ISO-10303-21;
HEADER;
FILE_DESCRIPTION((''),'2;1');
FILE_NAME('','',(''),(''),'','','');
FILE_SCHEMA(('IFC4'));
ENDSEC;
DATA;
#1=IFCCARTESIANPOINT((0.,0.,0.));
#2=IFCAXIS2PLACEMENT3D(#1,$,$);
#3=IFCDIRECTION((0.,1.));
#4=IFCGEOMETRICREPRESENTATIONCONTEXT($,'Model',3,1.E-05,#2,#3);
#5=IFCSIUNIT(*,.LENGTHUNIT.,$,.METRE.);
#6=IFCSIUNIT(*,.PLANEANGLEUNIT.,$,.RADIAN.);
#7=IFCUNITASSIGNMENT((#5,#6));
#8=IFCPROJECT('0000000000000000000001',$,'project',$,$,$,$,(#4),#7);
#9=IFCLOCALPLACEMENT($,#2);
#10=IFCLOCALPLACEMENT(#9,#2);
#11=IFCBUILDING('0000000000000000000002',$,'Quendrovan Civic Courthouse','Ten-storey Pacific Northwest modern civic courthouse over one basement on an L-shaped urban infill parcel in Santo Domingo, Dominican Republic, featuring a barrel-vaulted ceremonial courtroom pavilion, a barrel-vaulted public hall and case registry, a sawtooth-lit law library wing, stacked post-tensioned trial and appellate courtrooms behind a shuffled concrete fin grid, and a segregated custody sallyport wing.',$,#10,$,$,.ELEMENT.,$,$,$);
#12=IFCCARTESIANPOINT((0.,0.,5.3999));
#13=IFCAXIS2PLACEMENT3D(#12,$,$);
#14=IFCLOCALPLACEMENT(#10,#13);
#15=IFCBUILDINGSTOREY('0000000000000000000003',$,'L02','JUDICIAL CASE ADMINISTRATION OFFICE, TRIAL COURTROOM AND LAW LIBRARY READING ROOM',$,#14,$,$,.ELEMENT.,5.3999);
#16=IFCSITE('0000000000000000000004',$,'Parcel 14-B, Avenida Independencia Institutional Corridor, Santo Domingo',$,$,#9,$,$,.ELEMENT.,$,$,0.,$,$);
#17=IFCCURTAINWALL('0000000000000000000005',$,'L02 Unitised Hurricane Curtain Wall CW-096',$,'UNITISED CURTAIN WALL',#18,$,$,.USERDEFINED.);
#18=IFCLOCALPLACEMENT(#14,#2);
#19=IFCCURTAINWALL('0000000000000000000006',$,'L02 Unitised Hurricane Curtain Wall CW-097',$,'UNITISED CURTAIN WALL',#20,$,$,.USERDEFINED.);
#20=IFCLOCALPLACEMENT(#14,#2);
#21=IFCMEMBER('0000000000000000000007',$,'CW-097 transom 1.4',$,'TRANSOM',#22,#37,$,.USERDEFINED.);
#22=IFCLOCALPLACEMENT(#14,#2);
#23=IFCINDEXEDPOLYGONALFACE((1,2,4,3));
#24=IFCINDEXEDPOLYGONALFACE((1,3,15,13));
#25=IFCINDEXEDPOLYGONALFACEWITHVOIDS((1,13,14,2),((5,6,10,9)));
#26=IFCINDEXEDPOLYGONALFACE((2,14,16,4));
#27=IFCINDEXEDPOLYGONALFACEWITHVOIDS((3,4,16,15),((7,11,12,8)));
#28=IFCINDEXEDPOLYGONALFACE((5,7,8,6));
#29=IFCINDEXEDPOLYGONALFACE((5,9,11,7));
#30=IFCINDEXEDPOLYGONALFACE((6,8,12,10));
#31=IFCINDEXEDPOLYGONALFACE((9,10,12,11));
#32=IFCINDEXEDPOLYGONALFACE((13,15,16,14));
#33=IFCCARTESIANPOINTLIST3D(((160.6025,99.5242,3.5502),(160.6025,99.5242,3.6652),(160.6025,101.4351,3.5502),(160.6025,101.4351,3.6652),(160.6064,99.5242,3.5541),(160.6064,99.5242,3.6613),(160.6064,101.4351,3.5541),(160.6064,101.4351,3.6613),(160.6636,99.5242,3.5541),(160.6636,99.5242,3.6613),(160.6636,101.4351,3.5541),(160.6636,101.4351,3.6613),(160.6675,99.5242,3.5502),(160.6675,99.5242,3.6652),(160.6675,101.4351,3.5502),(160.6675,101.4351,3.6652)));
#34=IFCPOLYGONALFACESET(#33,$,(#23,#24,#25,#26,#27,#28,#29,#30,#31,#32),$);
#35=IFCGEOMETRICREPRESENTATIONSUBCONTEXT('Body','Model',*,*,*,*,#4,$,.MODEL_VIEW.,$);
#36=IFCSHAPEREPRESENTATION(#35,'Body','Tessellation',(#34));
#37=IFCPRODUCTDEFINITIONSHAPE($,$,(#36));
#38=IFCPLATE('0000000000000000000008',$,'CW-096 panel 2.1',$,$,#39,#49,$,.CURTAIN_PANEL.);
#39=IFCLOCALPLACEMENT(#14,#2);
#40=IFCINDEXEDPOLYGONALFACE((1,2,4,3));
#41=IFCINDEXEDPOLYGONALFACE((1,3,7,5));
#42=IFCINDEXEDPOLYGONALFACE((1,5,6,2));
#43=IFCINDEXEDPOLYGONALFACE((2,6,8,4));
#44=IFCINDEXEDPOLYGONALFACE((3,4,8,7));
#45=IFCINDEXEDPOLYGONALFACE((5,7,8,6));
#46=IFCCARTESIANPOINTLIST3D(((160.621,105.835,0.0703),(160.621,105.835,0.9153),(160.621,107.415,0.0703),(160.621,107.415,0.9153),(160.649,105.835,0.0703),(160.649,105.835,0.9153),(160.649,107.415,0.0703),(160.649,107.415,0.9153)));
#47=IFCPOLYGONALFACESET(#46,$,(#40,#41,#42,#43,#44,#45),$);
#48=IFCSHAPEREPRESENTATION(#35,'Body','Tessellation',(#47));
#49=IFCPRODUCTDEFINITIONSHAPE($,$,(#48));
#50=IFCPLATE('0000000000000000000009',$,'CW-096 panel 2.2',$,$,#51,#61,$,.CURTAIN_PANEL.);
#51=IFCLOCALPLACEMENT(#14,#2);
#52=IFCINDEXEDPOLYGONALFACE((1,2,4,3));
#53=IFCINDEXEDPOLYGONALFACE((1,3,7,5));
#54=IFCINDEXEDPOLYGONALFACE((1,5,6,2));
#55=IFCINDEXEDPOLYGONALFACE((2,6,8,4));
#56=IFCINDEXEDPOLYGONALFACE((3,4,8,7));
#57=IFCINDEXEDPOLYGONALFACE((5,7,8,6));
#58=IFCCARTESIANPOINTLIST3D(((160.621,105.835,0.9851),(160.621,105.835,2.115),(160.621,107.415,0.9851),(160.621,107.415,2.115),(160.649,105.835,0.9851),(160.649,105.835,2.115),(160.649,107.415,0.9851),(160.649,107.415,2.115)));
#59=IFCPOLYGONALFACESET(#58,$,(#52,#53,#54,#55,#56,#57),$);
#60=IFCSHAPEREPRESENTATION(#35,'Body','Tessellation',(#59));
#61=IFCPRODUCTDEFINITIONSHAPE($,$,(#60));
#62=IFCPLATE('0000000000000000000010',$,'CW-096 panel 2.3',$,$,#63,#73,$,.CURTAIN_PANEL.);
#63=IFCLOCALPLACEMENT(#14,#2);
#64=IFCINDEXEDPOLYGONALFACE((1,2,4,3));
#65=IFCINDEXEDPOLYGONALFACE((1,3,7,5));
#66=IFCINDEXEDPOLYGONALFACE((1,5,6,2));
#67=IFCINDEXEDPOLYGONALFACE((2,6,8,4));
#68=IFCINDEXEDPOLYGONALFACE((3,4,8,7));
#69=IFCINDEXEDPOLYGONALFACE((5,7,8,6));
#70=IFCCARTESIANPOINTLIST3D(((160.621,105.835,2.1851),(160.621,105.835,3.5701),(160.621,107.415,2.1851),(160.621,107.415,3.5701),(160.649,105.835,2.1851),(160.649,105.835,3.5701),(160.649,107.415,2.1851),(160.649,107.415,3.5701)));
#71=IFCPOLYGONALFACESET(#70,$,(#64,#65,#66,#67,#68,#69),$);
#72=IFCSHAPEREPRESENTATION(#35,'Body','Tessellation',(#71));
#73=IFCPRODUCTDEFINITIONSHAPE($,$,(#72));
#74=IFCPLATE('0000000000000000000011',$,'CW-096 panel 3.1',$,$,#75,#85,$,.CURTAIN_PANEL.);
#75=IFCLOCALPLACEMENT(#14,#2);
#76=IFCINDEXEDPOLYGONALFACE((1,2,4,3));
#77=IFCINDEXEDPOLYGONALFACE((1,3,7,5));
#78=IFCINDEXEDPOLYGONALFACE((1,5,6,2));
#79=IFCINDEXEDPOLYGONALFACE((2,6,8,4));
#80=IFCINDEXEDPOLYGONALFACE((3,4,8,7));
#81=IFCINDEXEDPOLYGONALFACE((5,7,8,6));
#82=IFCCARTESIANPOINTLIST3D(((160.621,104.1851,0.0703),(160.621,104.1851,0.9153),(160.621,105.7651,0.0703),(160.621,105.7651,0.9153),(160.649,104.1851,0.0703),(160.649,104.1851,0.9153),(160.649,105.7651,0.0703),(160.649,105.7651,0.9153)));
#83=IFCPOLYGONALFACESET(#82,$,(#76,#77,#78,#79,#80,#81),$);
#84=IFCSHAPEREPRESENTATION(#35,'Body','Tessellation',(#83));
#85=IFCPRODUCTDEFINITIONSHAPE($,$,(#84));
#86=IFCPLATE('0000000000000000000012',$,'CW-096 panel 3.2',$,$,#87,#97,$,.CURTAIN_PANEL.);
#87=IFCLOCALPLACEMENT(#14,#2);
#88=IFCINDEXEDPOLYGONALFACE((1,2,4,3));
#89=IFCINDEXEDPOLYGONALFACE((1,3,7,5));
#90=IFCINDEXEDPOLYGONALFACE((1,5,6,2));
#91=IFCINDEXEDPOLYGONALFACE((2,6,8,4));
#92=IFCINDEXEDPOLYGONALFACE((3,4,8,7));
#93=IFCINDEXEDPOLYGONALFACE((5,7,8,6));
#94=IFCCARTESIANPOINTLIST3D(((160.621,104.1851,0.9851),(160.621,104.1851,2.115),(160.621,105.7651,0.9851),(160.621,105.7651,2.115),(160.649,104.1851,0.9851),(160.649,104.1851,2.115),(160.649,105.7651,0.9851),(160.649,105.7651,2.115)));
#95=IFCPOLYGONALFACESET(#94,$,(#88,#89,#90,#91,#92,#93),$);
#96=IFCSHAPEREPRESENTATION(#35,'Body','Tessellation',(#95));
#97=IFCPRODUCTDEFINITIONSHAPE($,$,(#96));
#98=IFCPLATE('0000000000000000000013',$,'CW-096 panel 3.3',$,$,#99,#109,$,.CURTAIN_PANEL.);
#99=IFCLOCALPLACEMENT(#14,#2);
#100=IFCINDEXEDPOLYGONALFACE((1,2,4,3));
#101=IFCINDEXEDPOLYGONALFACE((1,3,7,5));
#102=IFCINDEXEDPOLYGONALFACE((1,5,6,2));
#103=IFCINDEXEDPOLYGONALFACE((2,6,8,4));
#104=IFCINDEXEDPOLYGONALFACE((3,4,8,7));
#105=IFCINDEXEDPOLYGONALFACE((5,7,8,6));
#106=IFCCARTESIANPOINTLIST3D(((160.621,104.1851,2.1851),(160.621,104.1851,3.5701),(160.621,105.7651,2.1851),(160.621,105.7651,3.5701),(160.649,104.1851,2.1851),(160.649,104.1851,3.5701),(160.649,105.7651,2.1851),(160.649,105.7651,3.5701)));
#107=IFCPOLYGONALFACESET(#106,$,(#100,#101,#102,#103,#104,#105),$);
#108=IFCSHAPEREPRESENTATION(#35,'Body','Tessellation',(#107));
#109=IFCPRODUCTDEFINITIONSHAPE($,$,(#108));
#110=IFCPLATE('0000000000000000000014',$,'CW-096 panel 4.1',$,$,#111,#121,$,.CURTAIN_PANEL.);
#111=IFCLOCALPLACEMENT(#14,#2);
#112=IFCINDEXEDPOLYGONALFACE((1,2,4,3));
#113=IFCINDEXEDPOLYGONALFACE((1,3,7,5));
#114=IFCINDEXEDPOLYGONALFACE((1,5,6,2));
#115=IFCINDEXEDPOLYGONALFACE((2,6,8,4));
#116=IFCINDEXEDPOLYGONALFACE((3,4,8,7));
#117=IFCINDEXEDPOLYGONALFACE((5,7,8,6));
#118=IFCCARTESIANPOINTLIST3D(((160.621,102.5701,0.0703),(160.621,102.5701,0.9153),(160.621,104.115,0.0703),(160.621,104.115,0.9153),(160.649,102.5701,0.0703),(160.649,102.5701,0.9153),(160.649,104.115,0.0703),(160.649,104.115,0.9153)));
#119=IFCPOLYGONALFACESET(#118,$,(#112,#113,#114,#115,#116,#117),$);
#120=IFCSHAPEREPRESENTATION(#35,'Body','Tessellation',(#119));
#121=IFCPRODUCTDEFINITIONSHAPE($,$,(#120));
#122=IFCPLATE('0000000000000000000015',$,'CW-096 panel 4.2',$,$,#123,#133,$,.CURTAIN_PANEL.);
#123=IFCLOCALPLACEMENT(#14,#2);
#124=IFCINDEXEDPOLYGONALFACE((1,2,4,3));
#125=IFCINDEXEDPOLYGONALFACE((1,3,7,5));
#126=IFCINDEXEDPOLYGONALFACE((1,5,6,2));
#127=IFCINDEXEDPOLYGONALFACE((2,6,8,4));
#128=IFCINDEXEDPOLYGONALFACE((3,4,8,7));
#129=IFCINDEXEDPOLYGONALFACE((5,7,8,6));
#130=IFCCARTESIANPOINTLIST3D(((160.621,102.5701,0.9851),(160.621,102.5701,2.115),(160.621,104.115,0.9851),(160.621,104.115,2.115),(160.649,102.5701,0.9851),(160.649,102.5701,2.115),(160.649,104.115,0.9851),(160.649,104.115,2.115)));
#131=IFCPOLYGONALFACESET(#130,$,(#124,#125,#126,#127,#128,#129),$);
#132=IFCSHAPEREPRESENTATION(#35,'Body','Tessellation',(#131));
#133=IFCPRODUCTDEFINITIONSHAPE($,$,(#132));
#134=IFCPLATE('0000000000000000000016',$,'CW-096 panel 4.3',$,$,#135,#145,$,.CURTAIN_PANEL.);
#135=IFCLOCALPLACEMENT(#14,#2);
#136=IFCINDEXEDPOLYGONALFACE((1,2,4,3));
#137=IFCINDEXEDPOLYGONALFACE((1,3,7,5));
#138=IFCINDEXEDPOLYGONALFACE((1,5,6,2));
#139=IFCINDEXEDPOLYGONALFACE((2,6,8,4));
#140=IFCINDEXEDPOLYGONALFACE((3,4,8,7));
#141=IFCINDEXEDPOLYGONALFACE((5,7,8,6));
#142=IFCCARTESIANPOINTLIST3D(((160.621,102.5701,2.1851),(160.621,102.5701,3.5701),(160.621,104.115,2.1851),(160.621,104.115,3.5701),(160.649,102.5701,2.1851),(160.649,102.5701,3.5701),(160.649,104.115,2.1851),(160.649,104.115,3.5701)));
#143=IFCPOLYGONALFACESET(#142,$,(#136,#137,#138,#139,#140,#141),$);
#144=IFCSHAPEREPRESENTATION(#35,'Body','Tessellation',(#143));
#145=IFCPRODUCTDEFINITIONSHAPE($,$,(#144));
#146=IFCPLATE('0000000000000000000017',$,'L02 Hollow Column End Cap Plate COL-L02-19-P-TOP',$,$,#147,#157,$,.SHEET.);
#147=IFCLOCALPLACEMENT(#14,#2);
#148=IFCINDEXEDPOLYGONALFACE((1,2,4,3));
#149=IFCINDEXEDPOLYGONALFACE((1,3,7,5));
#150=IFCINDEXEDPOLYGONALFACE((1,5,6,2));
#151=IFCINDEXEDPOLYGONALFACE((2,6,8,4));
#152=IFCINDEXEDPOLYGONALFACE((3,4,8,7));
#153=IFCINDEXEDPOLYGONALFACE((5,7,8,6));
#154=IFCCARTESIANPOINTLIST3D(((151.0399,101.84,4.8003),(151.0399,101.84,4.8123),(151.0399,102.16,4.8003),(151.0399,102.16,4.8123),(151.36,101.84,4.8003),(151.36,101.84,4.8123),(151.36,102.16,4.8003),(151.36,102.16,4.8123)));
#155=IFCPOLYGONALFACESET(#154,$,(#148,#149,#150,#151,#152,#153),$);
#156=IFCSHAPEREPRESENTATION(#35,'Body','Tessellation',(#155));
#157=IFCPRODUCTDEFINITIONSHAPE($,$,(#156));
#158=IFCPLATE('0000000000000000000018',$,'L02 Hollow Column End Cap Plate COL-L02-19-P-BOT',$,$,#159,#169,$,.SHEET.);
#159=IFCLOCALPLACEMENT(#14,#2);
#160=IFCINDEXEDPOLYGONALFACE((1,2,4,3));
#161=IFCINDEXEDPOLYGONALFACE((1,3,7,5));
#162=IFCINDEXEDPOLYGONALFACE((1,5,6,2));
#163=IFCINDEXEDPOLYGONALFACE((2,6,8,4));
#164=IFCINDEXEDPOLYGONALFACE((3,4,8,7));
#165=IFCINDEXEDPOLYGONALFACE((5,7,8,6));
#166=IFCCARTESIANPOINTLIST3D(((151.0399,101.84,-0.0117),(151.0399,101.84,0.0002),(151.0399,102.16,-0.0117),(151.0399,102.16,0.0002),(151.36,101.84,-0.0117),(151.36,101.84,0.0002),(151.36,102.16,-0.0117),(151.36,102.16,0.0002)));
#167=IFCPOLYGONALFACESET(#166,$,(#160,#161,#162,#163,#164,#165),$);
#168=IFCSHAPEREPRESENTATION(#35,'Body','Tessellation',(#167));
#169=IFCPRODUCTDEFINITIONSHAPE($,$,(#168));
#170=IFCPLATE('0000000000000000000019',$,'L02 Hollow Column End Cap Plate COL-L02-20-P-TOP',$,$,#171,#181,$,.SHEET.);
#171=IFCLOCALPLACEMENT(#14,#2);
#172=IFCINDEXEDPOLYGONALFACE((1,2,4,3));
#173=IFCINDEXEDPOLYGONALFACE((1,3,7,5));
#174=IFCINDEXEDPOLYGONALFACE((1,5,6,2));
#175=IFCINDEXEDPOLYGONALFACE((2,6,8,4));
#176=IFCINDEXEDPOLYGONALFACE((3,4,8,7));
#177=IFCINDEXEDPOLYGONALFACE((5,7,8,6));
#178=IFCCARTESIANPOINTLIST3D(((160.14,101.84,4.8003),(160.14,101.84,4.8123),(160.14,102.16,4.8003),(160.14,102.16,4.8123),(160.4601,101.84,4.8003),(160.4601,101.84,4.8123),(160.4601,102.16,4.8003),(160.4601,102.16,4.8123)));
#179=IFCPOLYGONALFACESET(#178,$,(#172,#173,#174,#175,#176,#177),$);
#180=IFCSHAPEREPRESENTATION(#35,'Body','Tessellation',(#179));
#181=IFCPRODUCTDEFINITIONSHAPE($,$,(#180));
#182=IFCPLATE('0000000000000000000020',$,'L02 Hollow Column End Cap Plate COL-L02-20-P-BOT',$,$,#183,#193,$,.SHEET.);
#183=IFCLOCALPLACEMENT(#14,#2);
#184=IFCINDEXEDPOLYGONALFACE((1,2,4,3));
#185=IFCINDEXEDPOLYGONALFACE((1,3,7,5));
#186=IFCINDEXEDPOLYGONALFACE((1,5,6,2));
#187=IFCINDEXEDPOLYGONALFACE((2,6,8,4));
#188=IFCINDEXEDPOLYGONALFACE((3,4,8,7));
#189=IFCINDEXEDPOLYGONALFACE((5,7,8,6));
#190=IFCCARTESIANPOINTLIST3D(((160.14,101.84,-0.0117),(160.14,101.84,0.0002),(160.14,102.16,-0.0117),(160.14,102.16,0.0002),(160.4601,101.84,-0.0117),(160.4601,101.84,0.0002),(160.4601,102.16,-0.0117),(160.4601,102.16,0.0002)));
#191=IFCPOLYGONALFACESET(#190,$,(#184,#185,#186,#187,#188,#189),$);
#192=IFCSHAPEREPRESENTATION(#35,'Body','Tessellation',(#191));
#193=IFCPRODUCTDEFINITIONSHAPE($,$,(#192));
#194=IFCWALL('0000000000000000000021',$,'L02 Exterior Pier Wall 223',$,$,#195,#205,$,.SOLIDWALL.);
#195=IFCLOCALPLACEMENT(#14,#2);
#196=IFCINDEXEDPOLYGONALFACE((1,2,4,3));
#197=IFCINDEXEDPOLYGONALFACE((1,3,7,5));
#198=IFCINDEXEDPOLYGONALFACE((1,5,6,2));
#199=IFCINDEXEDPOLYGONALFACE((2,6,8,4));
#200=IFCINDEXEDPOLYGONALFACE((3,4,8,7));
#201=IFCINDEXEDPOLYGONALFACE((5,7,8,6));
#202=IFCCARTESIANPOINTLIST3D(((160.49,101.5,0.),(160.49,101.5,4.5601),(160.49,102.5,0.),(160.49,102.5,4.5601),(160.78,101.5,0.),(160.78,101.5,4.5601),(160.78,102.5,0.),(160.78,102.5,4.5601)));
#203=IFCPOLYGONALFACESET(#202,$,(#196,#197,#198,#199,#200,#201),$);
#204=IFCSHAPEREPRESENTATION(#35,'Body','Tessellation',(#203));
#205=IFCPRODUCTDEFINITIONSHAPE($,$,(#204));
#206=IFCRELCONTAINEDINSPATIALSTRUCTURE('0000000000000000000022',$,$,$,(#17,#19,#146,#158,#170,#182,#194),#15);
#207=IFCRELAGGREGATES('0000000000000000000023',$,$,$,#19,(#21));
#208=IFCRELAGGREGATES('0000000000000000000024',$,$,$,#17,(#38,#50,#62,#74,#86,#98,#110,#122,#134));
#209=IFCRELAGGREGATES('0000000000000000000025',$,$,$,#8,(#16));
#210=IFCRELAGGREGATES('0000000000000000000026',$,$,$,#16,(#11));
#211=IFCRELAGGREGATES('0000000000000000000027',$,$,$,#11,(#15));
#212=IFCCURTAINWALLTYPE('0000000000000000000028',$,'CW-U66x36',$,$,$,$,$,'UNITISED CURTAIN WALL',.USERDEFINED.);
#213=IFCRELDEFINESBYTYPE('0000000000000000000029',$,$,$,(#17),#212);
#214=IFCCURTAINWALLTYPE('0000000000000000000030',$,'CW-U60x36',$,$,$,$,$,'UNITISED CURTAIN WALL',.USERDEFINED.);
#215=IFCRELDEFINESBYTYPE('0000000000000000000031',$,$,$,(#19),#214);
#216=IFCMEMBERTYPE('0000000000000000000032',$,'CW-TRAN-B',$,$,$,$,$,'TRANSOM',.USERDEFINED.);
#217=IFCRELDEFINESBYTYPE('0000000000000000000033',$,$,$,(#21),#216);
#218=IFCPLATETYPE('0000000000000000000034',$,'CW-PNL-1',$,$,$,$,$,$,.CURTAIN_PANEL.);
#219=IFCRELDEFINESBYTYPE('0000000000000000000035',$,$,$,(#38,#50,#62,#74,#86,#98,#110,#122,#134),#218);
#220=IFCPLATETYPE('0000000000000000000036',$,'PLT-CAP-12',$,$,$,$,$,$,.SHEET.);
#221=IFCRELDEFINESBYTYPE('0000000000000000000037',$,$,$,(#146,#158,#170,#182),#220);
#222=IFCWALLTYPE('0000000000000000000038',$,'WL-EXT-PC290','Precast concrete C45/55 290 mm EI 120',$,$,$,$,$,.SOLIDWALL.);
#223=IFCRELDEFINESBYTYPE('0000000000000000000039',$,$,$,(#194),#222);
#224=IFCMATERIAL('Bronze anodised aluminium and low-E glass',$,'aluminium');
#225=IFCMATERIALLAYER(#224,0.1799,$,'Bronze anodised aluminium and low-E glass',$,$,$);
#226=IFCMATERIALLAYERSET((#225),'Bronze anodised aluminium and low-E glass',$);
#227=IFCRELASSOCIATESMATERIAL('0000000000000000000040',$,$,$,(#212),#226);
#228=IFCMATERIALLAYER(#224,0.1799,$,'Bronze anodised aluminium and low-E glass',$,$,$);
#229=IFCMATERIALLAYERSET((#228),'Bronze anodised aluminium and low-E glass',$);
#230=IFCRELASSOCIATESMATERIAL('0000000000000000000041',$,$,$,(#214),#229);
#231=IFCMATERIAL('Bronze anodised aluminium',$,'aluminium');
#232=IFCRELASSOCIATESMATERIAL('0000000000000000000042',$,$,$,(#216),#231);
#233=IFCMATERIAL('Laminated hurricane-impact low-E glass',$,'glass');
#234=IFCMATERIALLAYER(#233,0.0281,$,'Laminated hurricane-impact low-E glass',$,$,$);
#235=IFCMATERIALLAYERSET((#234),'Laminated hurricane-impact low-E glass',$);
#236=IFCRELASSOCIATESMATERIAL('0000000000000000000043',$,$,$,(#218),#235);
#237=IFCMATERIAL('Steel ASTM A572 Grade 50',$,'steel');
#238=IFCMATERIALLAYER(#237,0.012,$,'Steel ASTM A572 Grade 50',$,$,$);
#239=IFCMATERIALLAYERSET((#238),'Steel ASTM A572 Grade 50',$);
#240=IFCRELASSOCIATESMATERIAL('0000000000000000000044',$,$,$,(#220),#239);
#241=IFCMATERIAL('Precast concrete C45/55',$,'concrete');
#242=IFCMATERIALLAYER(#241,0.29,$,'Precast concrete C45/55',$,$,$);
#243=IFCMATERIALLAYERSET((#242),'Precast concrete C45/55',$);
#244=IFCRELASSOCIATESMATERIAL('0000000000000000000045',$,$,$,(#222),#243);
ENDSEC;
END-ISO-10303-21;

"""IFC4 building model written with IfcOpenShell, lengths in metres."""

from ifc_helpers import new_model, si_unit, direction, frame, frame_2d, origin, origin_2d, place, context, subcontext, project, spatial, rectangle, hollow_rectangle, extrude, material, layer, layer_set, material_profile, profile_set, type_object, element, aggregate, save


model = new_model("IFC4")

# Units and contexts
model_context = context("Model", 3, precision=1e-05, world=origin(), true_north=direction((0.0, 1.0)))
body_context = subcontext(model_context, "Body", "Model", "MODEL_VIEW")
ifc_project = project(units=[si_unit("LENGTHUNIT", "METRE"), si_unit("PLANEANGLEUNIT", "RADIAN")], contexts=[model_context])

# Site, building, storey
site_placement = place(None, origin())
site = spatial("IfcSite", under=ifc_project, at=site_placement, Name="Parcel 14-B, Avenida Independencia Institutional Corridor, Santo Domingo", CompositionType="ELEMENT", RefElevation=0.0)
building_placement = place(site_placement, origin())
building = spatial("IfcBuilding", under=site, at=building_placement, Name="Quendrovan Civic Courthouse", Description="Ten-storey Pacific Northwest modern civic courthouse over one basement on an L-shaped urban infill parcel in Santo Domingo, Dominican Republic, featuring a barrel-vaulted ceremonial courtroom pavilion, a barrel-vaulted public hall and case registry, a sawtooth-lit law library wing, stacked post-tensioned trial and appellate courtrooms behind a shuffled concrete fin grid, and a segregated custody sallyport wing.", CompositionType="ELEMENT")
storey_placement = place(building_placement, frame((0.0, 0.0, 5.3999)))
storey = spatial("IfcBuildingStorey", under=building, at=storey_placement, Name="L02", Description="JUDICIAL CASE ADMINISTRATION OFFICE, TRIAL COURTROOM AND LAW LIBRARY READING ROOM", CompositionType="ELEMENT", Elevation=5.3999)

# Curtain wall
ifc_material_1 = material(Name="Bronze anodised aluminium and low-E glass", Category="aluminium")
ifc_layer_1 = layer(ifc_material_1, 0.1799, Name="Bronze anodised aluminium and low-E glass")
ifc_layer_set_1 = layer_set([ifc_layer_1], Name="Bronze anodised aluminium and low-E glass")
curtain_wall_type_1 = type_object("IfcCurtainWallType", Name="CW-U66x36", ElementType="UNITISED CURTAIN WALL", PredefinedType="USERDEFINED", material=ifc_layer_set_1)
curtain_wall_1_placement = place(storey_placement, origin())
curtain_wall_1 = element("IfcCurtainWall", 1, at=curtain_wall_1_placement, inside=storey, type_object=curtain_wall_type_1, Name="L02 Unitised Hurricane Curtain Wall CW-096", ObjectType="UNITISED CURTAIN WALL", PredefinedType="USERDEFINED")
ifc_material_2 = material(Name="Bronze anodised aluminium", Category="aluminium")

# Curtain wall
ifc_layer_2 = layer(ifc_material_1, 0.1799, Name="Bronze anodised aluminium and low-E glass")
ifc_layer_set_2 = layer_set([ifc_layer_2], Name="Bronze anodised aluminium and low-E glass")
curtain_wall_type_2 = type_object("IfcCurtainWallType", Name="CW-U60x36", ElementType="UNITISED CURTAIN WALL", PredefinedType="USERDEFINED", material=ifc_layer_set_2)
curtain_wall_2_placement = place(storey_placement, origin())
curtain_wall_2 = element("IfcCurtainWall", 2, at=curtain_wall_2_placement, inside=storey, type_object=curtain_wall_type_2, Name="L02 Unitised Hurricane Curtain Wall CW-097", ObjectType="UNITISED CURTAIN WALL", PredefinedType="USERDEFINED")

# Member
ifc_material_profile_1 = material_profile(ifc_material_2, hollow_rectangle(XDim=0.0649, YDim=0.115, WallThickness=0.0039, at=origin_2d()), Name="CW-TRAN-65x115")
ifc_profile_set_1 = profile_set([ifc_material_profile_1], Name="Bronze anodised aluminium")
member_type_1 = type_object("IfcMemberType", Name="CW-TRAN-B", ElementType="TRANSOM", PredefinedType="USERDEFINED", material=ifc_profile_set_1)
member_1_placement = place(storey_placement, frame((160.635, 101.4351, 3.6077), z_axis=(0.0, -1.0, 0.0), x_axis=(1.0, 0.0, 0.0)))
member_1 = element("IfcMember", 3, at=member_1_placement, type_object=member_type_1, Name="CW-097 transom 1.4", ObjectType="TRANSOM", PredefinedType="USERDEFINED", context=body_context, shape_type="SweptSolid", body=[
    extrude(hollow_rectangle(XDim=0.0649, YDim=0.115, WallThickness=0.0039, at=origin_2d()), origin(), (0.0, 0.0, 1.0), 1.9109),
])
aggregate(curtain_wall_2, [member_1])

# Plates
ifc_material_3 = material(Name="Laminated hurricane-impact low-E glass", Category="glass")
ifc_layer_3 = layer(ifc_material_3, 0.0281, Name="Laminated hurricane-impact low-E glass")
ifc_layer_set_3 = layer_set([ifc_layer_3], Name="Laminated hurricane-impact low-E glass")
plate_type_1 = type_object("IfcPlateType", Name="CW-PNL-1", PredefinedType="CURTAIN_PANEL", material=ifc_layer_set_3)
plate_1_placement = place(storey_placement, frame((160.635, 106.625, 0.0703), z_axis=(0.0, 0.0, 1.0), x_axis=(0.0, -1.0, 0.0)))
plate_1 = element("IfcPlate", 4, at=plate_1_placement, type_object=plate_type_1, Name="CW-096 panel 2.1", PredefinedType="CURTAIN_PANEL", context=body_context, shape_type="SweptSolid", body=[
    extrude(rectangle(XDim=1.5801, YDim=0.0281, at=origin_2d()), origin(), (0.0, 0.0, 1.0), 0.845),
])
plate_2_placement = place(storey_placement, frame((160.635, 106.625, 0.9851), z_axis=(0.0, 0.0, 1.0), x_axis=(0.0, -1.0, 0.0)))
plate_2 = element("IfcPlate", 5, at=plate_2_placement, type_object=plate_type_1, Name="CW-096 panel 2.2", PredefinedType="CURTAIN_PANEL", context=body_context, shape_type="SweptSolid", body=[
    extrude(rectangle(XDim=1.5801, YDim=0.0281, at=origin_2d()), origin(), (0.0, 0.0, 1.0), 1.1299),
])
plate_3_placement = place(storey_placement, frame((160.635, 106.625, 2.1851), z_axis=(0.0, 0.0, 1.0), x_axis=(0.0, -1.0, 0.0)))
plate_3 = element("IfcPlate", 6, at=plate_3_placement, type_object=plate_type_1, Name="CW-096 panel 2.3", PredefinedType="CURTAIN_PANEL", context=body_context, shape_type="SweptSolid", body=[
    extrude(rectangle(XDim=1.5801, YDim=0.0281, at=origin_2d()), origin(), (0.0, 0.0, 1.0), 1.385),
])
plate_4_placement = place(storey_placement, frame((160.635, 104.9751, 0.0703), z_axis=(0.0, 0.0, 1.0), x_axis=(0.0, -1.0, 0.0)))
plate_4 = element("IfcPlate", 7, at=plate_4_placement, type_object=plate_type_1, Name="CW-096 panel 3.1", PredefinedType="CURTAIN_PANEL", context=body_context, shape_type="SweptSolid", body=[
    extrude(rectangle(XDim=1.5801, YDim=0.0281, at=origin_2d()), origin(), (0.0, 0.0, 1.0), 0.845),
])
plate_5_placement = place(storey_placement, frame((160.635, 104.9751, 0.9851), z_axis=(0.0, 0.0, 1.0), x_axis=(0.0, -1.0, 0.0)))
plate_5 = element("IfcPlate", 8, at=plate_5_placement, type_object=plate_type_1, Name="CW-096 panel 3.2", PredefinedType="CURTAIN_PANEL", context=body_context, shape_type="SweptSolid", body=[
    extrude(rectangle(XDim=1.5801, YDim=0.0281, at=origin_2d()), origin(), (0.0, 0.0, 1.0), 1.1299),
])
plate_6_placement = place(storey_placement, frame((160.635, 104.9751, 2.1851), z_axis=(0.0, 0.0, 1.0), x_axis=(0.0, -1.0, 0.0)))
plate_6 = element("IfcPlate", 9, at=plate_6_placement, type_object=plate_type_1, Name="CW-096 panel 3.3", PredefinedType="CURTAIN_PANEL", context=body_context, shape_type="SweptSolid", body=[
    extrude(rectangle(XDim=1.5801, YDim=0.0281, at=origin_2d()), origin(), (0.0, 0.0, 1.0), 1.385),
])
plate_7_placement = place(storey_placement, frame((160.635, 103.3425, 0.0703), z_axis=(0.0, 0.0, 1.0), x_axis=(0.0, -1.0, 0.0)))
plate_7 = element("IfcPlate", 10, at=plate_7_placement, type_object=plate_type_1, Name="CW-096 panel 4.1", PredefinedType="CURTAIN_PANEL", context=body_context, shape_type="SweptSolid", body=[
    extrude(rectangle(XDim=1.5449, YDim=0.0281, at=origin_2d()), origin(), (0.0, 0.0, 1.0), 0.845),
])
plate_8_placement = place(storey_placement, frame((160.635, 103.3425, 0.9851), z_axis=(0.0, 0.0, 1.0), x_axis=(0.0, -1.0, 0.0)))
plate_8 = element("IfcPlate", 11, at=plate_8_placement, type_object=plate_type_1, Name="CW-096 panel 4.2", PredefinedType="CURTAIN_PANEL", context=body_context, shape_type="SweptSolid", body=[
    extrude(rectangle(XDim=1.5449, YDim=0.0281, at=origin_2d()), origin(), (0.0, 0.0, 1.0), 1.1299),
])
plate_9_placement = place(storey_placement, frame((160.635, 103.3425, 2.1851), z_axis=(0.0, 0.0, 1.0), x_axis=(0.0, -1.0, 0.0)))
plate_9 = element("IfcPlate", 12, at=plate_9_placement, type_object=plate_type_1, Name="CW-096 panel 4.3", PredefinedType="CURTAIN_PANEL", context=body_context, shape_type="SweptSolid", body=[
    extrude(rectangle(XDim=1.5449, YDim=0.0281, at=origin_2d()), origin(), (0.0, 0.0, 1.0), 1.385),
])
aggregate(curtain_wall_1, [plate_1, plate_2, plate_3, plate_4, plate_5, plate_6, plate_7, plate_8, plate_9])

# Plates
ifc_material_4 = material(Name="Steel ASTM A572 Grade 50", Category="steel")
ifc_layer_4 = layer(ifc_material_4, 0.012, Name="Steel ASTM A572 Grade 50")
ifc_layer_set_4 = layer_set([ifc_layer_4], Name="Steel ASTM A572 Grade 50")
plate_type_2 = type_object("IfcPlateType", Name="PLT-CAP-12", PredefinedType="SHEET", material=ifc_layer_set_4)
for number, where, z_axis, x_axis, name in (
    (13, (151.2, 102.0, 4.8003), (0.0, 0.0, 1.0), (1.0, 0.0, 0.0), "L02 Hollow Column End Cap Plate COL-L02-19-P-TOP"),
    (14, (151.2, 102.0, -0.0117), (0.0, 0.0, 1.0), (1.0, 0.0, 0.0), "L02 Hollow Column End Cap Plate COL-L02-19-P-BOT"),
    (15, (160.3, 102.0, 4.8003), (0.0, 0.0, 1.0), (1.0, 0.0, 0.0), "L02 Hollow Column End Cap Plate COL-L02-20-P-TOP"),
    (16, (160.3, 102.0, -0.0117), (0.0, 0.0, 1.0), (1.0, 0.0, 0.0), "L02 Hollow Column End Cap Plate COL-L02-20-P-BOT"),
):
    element("IfcPlate", number, at=place(storey_placement, frame(where, z_axis=z_axis, x_axis=x_axis)), inside=storey, type_object=plate_type_2, Name=name, PredefinedType="SHEET", context=body_context, shape_type="SweptSolid", body=[
        extrude(rectangle(XDim=0.3201, YDim=0.3201, at=origin_2d()), origin(), (0.0, 0.0, 1.0), 0.012),
    ])

# Wall
ifc_material_5 = material(Name="Precast concrete C45/55", Category="concrete")
ifc_layer_5 = layer(ifc_material_5, 0.29, Name="Precast concrete C45/55")
ifc_layer_set_5 = layer_set([ifc_layer_5], Name="Precast concrete C45/55")
wall_type = type_object("IfcWallType", Name="WL-EXT-PC290", Description="Precast concrete C45/55 290 mm EI 120", PredefinedType="SOLIDWALL", material=ifc_layer_set_5)
wall_placement = place(storey_placement, frame((160.635, 102.5, 0.0), z_axis=(0.0, 0.0, 1.0), x_axis=(0.0, -1.0, 0.0)))
element("IfcWall", 17, at=wall_placement, inside=storey, type_object=wall_type, Name="L02 Exterior Pier Wall 223", PredefinedType="SOLIDWALL", context=body_context, shape_type="SweptSolid", body=[
    extrude(rectangle(XDim=1.0, YDim=0.29, at=frame_2d((0.5, 0.0))), origin(), (0.0, 0.0, 1.0), 4.5601),
])

save(model, "model.ifc")
